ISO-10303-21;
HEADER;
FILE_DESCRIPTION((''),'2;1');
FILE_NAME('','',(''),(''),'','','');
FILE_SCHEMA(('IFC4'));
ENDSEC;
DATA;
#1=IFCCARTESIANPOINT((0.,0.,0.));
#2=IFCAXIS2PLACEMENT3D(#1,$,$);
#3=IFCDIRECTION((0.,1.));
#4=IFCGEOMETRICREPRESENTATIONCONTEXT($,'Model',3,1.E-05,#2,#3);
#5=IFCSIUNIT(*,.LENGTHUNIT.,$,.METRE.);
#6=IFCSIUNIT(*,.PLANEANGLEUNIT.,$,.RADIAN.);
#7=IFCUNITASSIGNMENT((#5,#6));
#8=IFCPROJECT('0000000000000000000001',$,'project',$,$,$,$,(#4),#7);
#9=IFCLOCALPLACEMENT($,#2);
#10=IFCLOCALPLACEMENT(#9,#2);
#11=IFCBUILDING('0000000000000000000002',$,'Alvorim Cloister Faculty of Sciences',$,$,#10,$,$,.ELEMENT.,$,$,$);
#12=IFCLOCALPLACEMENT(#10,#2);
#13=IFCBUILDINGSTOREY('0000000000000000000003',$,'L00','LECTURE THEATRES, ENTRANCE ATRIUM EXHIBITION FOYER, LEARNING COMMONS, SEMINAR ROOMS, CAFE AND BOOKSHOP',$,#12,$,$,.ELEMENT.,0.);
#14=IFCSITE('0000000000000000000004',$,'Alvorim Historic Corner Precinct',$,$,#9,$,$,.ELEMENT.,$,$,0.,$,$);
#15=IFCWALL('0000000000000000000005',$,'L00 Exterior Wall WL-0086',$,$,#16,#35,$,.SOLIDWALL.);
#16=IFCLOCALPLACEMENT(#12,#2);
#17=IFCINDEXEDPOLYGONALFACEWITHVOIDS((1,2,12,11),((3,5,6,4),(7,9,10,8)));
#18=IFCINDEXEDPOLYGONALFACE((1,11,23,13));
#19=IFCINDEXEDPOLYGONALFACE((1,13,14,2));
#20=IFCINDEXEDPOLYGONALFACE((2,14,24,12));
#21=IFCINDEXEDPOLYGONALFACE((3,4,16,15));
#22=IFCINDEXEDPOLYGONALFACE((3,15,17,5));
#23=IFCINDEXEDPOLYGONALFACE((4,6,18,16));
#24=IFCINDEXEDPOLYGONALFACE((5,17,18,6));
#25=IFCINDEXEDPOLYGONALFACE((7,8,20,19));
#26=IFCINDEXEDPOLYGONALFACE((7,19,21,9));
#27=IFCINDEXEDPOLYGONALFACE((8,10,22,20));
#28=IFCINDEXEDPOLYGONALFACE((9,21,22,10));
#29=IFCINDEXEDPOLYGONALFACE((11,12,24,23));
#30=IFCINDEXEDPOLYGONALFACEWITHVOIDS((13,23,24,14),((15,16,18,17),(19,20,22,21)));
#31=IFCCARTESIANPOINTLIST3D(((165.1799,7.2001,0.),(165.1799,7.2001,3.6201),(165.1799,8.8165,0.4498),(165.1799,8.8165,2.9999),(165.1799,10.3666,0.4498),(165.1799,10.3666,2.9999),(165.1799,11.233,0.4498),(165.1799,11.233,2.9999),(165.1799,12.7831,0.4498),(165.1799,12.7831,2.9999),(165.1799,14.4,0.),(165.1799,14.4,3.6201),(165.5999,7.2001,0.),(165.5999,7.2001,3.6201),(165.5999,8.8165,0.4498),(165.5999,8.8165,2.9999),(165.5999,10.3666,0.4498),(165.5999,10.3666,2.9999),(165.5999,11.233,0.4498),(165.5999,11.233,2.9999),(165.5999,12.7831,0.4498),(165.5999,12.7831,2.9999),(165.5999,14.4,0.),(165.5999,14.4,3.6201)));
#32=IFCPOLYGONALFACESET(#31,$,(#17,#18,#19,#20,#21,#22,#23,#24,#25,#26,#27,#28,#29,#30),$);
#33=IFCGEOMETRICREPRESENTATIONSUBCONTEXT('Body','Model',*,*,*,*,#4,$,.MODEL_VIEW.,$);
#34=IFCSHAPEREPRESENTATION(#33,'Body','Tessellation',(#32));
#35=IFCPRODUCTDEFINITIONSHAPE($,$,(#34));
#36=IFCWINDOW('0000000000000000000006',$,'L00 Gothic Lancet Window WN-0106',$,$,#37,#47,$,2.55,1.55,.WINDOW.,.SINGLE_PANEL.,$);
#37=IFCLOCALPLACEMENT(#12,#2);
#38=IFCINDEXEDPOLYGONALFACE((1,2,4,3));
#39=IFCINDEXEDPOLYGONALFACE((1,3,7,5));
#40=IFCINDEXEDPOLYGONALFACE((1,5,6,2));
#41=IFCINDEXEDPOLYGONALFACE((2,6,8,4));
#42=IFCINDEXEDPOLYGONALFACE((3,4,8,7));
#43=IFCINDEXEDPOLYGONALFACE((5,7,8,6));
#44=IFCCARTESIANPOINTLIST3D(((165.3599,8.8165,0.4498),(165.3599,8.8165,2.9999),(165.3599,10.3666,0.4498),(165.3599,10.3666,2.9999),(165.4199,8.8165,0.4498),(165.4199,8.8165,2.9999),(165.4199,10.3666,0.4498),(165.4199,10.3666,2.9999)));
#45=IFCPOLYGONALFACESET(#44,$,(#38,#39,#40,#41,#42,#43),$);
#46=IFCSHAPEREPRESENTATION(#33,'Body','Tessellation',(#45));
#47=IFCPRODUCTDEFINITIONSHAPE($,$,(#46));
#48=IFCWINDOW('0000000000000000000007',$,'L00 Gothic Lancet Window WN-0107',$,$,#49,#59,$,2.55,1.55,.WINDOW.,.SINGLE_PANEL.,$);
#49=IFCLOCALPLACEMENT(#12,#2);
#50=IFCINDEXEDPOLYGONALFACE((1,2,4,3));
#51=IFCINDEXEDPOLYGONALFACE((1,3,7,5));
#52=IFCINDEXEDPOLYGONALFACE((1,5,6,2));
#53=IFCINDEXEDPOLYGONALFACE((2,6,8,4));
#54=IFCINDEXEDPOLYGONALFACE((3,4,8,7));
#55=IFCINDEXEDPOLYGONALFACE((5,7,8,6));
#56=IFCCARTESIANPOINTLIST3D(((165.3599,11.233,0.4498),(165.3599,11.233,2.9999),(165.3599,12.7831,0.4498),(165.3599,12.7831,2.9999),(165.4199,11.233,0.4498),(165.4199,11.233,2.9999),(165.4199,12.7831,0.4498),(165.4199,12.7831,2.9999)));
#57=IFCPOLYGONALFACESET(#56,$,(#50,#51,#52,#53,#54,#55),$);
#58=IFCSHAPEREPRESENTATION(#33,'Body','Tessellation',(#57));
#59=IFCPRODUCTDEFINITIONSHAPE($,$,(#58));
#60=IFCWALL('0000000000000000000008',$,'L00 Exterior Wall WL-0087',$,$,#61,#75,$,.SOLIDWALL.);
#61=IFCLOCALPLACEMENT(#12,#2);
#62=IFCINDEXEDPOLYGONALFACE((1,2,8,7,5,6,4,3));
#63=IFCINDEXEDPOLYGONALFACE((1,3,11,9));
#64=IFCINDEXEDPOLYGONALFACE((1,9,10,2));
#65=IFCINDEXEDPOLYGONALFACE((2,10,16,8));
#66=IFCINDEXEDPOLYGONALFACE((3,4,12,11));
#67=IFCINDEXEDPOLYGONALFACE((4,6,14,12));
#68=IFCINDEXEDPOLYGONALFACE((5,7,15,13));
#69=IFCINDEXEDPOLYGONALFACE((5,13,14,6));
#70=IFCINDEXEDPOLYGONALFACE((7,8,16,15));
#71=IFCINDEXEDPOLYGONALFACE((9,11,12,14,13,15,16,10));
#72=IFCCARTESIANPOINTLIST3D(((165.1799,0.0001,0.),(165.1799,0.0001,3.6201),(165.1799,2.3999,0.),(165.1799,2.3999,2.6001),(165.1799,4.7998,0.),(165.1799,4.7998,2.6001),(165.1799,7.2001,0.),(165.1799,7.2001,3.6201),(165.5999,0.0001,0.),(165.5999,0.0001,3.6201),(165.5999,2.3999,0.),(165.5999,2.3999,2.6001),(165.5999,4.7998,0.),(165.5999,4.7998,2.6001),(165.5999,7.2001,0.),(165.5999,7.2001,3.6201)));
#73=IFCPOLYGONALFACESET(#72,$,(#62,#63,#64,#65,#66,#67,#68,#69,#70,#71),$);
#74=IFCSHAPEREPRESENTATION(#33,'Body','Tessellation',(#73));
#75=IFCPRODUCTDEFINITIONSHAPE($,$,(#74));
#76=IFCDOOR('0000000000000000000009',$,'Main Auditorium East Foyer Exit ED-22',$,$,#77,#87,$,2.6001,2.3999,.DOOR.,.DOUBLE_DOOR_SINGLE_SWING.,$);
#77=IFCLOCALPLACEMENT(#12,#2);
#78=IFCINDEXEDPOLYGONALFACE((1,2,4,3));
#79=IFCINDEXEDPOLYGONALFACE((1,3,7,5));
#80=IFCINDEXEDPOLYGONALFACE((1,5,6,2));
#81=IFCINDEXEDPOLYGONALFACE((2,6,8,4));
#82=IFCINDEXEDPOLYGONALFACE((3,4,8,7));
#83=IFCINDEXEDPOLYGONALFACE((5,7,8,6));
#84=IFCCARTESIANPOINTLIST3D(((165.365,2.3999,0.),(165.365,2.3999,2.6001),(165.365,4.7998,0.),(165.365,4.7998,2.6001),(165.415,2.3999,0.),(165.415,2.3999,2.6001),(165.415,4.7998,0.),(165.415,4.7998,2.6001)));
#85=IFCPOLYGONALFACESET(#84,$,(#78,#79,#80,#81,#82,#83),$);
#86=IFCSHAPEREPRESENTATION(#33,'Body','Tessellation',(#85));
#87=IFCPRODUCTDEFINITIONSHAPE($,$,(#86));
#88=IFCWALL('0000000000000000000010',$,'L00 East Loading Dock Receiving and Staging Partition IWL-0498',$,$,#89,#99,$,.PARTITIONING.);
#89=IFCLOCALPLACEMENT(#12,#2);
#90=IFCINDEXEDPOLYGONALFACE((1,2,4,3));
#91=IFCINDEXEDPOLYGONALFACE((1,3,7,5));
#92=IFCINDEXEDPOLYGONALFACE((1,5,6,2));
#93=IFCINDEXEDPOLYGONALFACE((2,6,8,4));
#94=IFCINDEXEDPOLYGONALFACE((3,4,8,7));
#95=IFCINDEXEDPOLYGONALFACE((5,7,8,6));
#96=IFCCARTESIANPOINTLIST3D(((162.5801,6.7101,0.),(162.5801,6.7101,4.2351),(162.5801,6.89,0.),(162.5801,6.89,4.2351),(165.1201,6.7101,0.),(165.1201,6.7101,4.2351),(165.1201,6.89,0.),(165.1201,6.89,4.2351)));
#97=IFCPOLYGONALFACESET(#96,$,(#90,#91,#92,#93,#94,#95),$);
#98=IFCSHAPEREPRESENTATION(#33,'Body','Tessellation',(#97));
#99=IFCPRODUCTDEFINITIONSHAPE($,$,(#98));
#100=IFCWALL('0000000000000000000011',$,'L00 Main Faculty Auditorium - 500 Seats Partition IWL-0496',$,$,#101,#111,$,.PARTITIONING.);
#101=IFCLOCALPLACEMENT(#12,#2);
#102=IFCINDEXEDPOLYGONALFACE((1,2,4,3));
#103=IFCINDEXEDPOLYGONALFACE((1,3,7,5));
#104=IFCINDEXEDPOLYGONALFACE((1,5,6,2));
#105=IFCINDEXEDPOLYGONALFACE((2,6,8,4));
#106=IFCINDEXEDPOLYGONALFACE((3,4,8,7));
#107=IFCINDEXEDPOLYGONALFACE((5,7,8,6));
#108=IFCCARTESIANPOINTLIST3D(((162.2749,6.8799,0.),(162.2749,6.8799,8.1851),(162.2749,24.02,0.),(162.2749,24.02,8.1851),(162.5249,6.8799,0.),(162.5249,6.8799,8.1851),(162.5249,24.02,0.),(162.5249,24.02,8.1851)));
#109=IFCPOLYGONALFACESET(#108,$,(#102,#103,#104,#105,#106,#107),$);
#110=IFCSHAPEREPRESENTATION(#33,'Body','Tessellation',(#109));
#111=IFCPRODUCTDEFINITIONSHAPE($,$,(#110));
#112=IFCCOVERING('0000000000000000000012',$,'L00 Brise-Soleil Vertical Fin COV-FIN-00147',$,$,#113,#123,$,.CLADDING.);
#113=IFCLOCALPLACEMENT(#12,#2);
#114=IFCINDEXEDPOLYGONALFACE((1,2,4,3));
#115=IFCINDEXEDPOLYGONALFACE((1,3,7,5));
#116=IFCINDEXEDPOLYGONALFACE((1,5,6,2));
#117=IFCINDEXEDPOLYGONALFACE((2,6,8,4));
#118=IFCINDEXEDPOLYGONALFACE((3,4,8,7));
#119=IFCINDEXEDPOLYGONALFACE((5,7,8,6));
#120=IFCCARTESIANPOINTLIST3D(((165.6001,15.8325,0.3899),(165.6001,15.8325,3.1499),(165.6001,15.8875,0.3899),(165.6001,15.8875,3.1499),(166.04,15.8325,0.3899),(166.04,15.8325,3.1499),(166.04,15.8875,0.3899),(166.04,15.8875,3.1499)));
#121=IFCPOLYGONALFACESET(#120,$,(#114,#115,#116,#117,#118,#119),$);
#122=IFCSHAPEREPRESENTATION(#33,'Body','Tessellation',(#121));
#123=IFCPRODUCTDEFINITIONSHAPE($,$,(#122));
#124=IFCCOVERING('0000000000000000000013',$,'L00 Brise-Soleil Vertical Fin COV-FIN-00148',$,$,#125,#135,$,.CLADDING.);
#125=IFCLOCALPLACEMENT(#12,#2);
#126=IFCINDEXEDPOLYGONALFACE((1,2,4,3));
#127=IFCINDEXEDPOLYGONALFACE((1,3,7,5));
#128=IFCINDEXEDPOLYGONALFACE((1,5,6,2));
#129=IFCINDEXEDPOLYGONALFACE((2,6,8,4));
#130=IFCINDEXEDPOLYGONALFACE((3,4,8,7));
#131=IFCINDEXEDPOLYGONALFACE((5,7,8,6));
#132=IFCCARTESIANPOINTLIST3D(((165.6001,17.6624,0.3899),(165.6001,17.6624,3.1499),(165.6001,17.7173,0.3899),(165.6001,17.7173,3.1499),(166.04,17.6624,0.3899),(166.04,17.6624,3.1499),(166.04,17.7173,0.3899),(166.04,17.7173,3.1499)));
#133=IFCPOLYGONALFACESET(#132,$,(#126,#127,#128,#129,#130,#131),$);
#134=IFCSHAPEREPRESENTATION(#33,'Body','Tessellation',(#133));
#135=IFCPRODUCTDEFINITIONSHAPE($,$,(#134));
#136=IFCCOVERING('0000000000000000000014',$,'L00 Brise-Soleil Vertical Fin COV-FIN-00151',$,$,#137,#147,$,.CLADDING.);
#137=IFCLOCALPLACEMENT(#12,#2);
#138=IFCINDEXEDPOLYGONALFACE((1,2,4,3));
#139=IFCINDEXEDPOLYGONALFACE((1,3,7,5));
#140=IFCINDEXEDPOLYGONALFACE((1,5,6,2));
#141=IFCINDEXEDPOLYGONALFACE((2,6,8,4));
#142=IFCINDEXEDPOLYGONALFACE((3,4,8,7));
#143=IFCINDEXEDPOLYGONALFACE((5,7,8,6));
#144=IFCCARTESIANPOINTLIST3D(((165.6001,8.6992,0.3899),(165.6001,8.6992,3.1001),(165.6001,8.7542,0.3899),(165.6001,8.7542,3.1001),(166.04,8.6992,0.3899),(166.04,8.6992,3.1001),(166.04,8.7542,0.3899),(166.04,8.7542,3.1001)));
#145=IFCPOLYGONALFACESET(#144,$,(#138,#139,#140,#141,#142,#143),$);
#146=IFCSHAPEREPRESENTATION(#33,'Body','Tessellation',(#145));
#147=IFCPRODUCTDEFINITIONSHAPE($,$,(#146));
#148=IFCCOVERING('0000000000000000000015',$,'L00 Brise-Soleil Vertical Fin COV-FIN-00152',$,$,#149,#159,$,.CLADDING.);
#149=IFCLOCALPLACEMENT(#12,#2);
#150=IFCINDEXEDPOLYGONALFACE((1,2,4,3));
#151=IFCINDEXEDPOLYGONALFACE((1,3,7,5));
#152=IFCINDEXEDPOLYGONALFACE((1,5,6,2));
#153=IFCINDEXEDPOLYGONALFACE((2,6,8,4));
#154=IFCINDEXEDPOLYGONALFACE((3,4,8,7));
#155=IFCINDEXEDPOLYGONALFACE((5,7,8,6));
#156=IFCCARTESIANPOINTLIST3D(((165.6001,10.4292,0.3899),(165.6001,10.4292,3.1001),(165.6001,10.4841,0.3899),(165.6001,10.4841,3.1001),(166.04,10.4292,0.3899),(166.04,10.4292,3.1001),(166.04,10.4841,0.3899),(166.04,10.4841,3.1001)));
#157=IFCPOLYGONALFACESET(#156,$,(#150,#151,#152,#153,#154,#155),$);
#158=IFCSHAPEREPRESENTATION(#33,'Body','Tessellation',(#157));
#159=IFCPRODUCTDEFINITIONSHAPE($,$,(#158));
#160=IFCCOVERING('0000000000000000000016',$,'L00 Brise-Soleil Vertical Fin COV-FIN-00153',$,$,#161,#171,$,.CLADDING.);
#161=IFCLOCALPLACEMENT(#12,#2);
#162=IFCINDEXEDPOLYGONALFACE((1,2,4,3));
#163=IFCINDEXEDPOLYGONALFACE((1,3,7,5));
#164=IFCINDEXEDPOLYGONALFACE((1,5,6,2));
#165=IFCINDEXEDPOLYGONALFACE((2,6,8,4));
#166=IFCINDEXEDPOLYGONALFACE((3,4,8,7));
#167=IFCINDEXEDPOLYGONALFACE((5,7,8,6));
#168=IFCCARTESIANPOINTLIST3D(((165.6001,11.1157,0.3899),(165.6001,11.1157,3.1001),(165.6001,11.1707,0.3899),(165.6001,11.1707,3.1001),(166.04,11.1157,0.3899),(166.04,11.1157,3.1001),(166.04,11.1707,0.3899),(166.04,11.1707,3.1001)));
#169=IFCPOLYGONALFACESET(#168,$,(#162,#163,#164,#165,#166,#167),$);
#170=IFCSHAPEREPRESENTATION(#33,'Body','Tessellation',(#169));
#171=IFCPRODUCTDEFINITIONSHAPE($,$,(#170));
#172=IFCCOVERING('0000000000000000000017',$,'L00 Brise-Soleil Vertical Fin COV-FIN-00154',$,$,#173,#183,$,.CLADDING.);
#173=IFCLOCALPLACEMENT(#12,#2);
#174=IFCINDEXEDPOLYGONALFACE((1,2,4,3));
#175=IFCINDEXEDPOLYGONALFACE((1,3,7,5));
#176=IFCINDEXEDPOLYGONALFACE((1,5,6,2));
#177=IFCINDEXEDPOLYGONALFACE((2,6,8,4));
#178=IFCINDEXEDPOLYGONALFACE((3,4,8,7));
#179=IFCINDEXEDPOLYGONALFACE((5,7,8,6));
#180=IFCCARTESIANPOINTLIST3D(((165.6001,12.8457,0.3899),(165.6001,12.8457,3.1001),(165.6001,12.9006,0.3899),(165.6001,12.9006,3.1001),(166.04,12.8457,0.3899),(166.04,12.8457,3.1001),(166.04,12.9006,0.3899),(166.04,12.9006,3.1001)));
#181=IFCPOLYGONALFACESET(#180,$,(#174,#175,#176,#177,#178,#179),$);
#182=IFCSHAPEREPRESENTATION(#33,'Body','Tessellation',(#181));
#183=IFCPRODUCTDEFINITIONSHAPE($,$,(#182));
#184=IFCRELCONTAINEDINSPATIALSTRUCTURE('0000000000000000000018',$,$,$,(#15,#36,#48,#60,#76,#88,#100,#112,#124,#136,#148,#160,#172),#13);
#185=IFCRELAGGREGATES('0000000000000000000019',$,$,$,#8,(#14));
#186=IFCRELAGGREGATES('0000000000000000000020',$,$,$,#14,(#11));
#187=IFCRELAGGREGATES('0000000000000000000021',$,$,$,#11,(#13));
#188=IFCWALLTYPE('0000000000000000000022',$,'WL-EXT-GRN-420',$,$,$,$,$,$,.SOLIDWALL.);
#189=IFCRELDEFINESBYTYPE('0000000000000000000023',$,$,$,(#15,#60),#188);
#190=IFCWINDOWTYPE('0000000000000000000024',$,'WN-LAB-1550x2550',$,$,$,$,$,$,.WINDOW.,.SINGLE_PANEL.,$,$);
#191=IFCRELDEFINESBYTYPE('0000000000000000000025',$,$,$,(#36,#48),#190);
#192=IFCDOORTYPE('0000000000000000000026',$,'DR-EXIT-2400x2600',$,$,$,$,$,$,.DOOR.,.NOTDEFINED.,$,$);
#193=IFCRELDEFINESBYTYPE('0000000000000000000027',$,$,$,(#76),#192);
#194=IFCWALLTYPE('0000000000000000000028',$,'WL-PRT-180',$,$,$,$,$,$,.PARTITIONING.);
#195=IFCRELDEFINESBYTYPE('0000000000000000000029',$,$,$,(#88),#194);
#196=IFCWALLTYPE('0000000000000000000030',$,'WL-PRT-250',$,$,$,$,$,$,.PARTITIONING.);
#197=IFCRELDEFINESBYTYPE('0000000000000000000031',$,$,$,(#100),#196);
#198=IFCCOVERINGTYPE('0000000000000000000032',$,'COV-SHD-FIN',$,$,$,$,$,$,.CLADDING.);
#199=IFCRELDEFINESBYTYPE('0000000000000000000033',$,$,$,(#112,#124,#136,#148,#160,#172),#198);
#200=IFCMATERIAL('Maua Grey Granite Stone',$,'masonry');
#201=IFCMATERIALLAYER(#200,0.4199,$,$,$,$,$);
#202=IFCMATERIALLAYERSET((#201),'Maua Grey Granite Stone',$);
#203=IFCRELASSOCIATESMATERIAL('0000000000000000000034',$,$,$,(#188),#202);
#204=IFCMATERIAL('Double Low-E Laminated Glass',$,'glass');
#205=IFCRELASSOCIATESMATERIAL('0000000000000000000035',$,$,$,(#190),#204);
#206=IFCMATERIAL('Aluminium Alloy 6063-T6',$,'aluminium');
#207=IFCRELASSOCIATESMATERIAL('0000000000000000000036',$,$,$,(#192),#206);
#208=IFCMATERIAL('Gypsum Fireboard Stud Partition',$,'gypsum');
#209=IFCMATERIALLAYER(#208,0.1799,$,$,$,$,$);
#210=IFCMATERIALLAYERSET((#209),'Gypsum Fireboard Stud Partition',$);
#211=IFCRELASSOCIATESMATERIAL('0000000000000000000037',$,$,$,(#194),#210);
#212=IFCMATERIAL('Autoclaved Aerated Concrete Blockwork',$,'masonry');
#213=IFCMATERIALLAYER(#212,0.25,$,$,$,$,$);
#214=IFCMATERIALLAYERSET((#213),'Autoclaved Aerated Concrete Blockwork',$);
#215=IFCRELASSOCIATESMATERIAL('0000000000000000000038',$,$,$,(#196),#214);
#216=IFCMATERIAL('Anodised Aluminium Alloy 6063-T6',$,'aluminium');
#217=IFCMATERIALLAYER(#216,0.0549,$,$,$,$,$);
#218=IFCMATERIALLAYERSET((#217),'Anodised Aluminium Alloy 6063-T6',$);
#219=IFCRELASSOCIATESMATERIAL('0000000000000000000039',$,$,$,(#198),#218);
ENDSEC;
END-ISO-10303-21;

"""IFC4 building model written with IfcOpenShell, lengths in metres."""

from ifc_helpers import new_model, si_unit, direction, frame, frame_2d, origin, place, context, subcontext, project, spatial, polyline, rectangle, outline, extrude, material, layer, layer_set, type_object, element, fill, save


model = new_model("IFC4")

# Units and contexts
model_context = context("Model", 3, precision=1e-05, world=origin(), true_north=direction((0.0, 1.0)))
body_context = subcontext(model_context, "Body", "Model", "MODEL_VIEW")
ifc_project = project(units=[si_unit("LENGTHUNIT", "METRE"), si_unit("PLANEANGLEUNIT", "RADIAN")], contexts=[model_context])

# Site, building, storey
site_placement = place(None, origin())
site = spatial("IfcSite", under=ifc_project, at=site_placement, Name="Alvorim Historic Corner Precinct", CompositionType="ELEMENT", RefElevation=0.0)
building_placement = place(site_placement, origin())
building = spatial("IfcBuilding", under=site, at=building_placement, Name="Alvorim Cloister Faculty of Sciences", CompositionType="ELEMENT")
storey_placement = place(building_placement, origin())
storey = spatial("IfcBuildingStorey", under=building, at=storey_placement, Name="L00", Description="LECTURE THEATRES, ENTRANCE ATRIUM EXHIBITION FOYER, LEARNING COMMONS, SEMINAR ROOMS, CAFE AND BOOKSHOP", CompositionType="ELEMENT", Elevation=0.0)

# Wall, openings, windows
ifc_material_1 = material(Name="Maua Grey Granite Stone", Category="masonry")
ifc_layer_1 = layer(ifc_material_1, 0.4199)
ifc_layer_set_1 = layer_set([ifc_layer_1], Name="Maua Grey Granite Stone")
wall_type_1 = type_object("IfcWallType", Name="WL-EXT-GRN-420", PredefinedType="SOLIDWALL", material=ifc_layer_set_1)
ifc_material_2 = material(Name="Double Low-E Laminated Glass", Category="glass")
wall_1_placement = place(storey_placement, frame((165.3899, 7.2, 0.0), z_axis=(0.0, 0.0, 1.0), x_axis=(0.0, 1.0, 0.0)))
wall_1 = element("IfcWall", 1, at=wall_1_placement, inside=storey, type_object=wall_type_1, Name="L00 Exterior Wall WL-0086", PredefinedType="SOLIDWALL", context=body_context, shape_type="SweptSolid", body=[
    extrude(rectangle(XDim=7.2, YDim=0.4199, at=frame_2d((3.6001, 0.0))), origin(), (0.0, 0.0, 1.0), 3.6201),
])
opening_1_placement = place(wall_1_placement, frame((1.6167, 0.0, 0.45)))
opening_1 = element("IfcOpeningElement", 2, at=opening_1_placement, cuts=wall_1, PredefinedType="OPENING", context=body_context, shape_type="SweptSolid", body=[
    extrude(rectangle(XDim=1.55, YDim=2.55, at=frame_2d((0.7749, 1.2749))), frame((0.0, 0.2219, 0.0), z_axis=(0.0, -1.0, 0.0), x_axis=(1.0, 0.0, 0.0)), (0.0, 0.0, 1.0), 0.4438),
])
opening_2_placement = place(wall_1_placement, frame((4.0332, 0.0, 0.45)))
opening_2 = element("IfcOpeningElement", 3, at=opening_2_placement, cuts=wall_1, PredefinedType="OPENING", context=body_context, shape_type="SweptSolid", body=[
    extrude(rectangle(XDim=1.55, YDim=2.55, at=frame_2d((0.7749, 1.2749))), frame((0.0, 0.2219, 0.0), z_axis=(0.0, -1.0, 0.0), x_axis=(1.0, 0.0, 0.0)), (0.0, 0.0, 1.0), 0.4438),
])
window_type_1 = type_object("IfcWindowType", Name="WN-LAB-1550x2550", PartitioningType="SINGLE_PANEL", PredefinedType="WINDOW", material=ifc_material_2)
window_1_placement = place(opening_1_placement, origin())
window_1 = element("IfcWindow", 4, at=window_1_placement, inside=storey, type_object=window_type_1, Name="L00 Gothic Lancet Window WN-0106", OverallHeight=2.55, OverallWidth=1.55, PartitioningType="SINGLE_PANEL", PredefinedType="WINDOW", context=body_context, shape_type="SweptSolid", body=[
    extrude(rectangle(XDim=1.55, YDim=2.55, at=frame_2d((0.7749, 1.2749))), frame((0.0, 0.03, 0.0), z_axis=(0.0, -1.0, 0.0), x_axis=(1.0, 0.0, 0.0)), (0.0, 0.0, 1.0), 0.0601),
])
fill(opening_1, window_1)
window_2_placement = place(opening_2_placement, origin())
window_2 = element("IfcWindow", 5, at=window_2_placement, inside=storey, type_object=window_type_1, Name="L00 Gothic Lancet Window WN-0107", OverallHeight=2.55, OverallWidth=1.55, PartitioningType="SINGLE_PANEL", PredefinedType="WINDOW", context=body_context, shape_type="SweptSolid", body=[
    extrude(rectangle(XDim=1.55, YDim=2.55, at=frame_2d((0.7749, 1.2749))), frame((0.0, 0.03, 0.0), z_axis=(0.0, -1.0, 0.0), x_axis=(1.0, 0.0, 0.0)), (0.0, 0.0, 1.0), 0.0601),
])
fill(opening_2, window_2)

# Wall, opening, door
wall_2_placement = place(storey_placement, frame((165.3899, 0.0, 0.0), z_axis=(0.0, 0.0, 1.0), x_axis=(0.0, 1.0, 0.0)))
wall_2 = element("IfcWall", 6, at=wall_2_placement, inside=storey, type_object=wall_type_1, Name="L00 Exterior Wall WL-0087", PredefinedType="SOLIDWALL", context=body_context, shape_type="SweptSolid", body=[
    extrude(rectangle(XDim=7.2, YDim=0.4199, at=frame_2d((3.6001, 0.0))), origin(), (0.0, 0.0, 1.0), 3.6201),
])
opening_3_placement = place(wall_2_placement, frame((2.3999, 0.0, 0.0)))
opening_3 = element("IfcOpeningElement", 7, at=opening_3_placement, cuts=wall_2, PredefinedType="OPENING", context=body_context, shape_type="SweptSolid", body=[
    extrude(rectangle(XDim=2.3999, YDim=2.6001, at=frame_2d((1.2, 1.3))), frame((0.0, 0.2219, 0.0), z_axis=(0.0, -1.0, 0.0), x_axis=(1.0, 0.0, 0.0)), (0.0, 0.0, 1.0), 0.4438),
])
ifc_material_3 = material(Name="Aluminium Alloy 6063-T6", Category="aluminium")
door_type = type_object("IfcDoorType", Name="DR-EXIT-2400x2600", OperationType="NOTDEFINED", PredefinedType="DOOR", material=ifc_material_3)
door_placement = place(opening_3_placement, origin())
door = element("IfcDoor", 8, at=door_placement, inside=storey, type_object=door_type, Name="Main Auditorium East Foyer Exit ED-22", OperationType="DOUBLE_DOOR_SINGLE_SWING", OverallHeight=2.6001, OverallWidth=2.3999, PredefinedType="DOOR", context=body_context, shape_type="SweptSolid", body=[
    extrude(rectangle(XDim=2.3999, YDim=2.6001, at=frame_2d((1.2, 1.3))), frame((0.0, 0.0249, 0.0), z_axis=(0.0, -1.0, 0.0), x_axis=(1.0, 0.0, 0.0)), (0.0, 0.0, 1.0), 0.05),
])
fill(opening_3, door)

# Walls
ifc_material_4 = material(Name="Gypsum Fireboard Stud Partition", Category="gypsum")
ifc_layer_2 = layer(ifc_material_4, 0.1799)
ifc_layer_set_2 = layer_set([ifc_layer_2], Name="Gypsum Fireboard Stud Partition")
wall_type_2 = type_object("IfcWallType", Name="WL-PRT-180", PredefinedType="PARTITIONING", material=ifc_layer_set_2)
wall_3_placement = place(storey_placement, frame((162.5801, 6.8, 0.0), z_axis=(0.0, 0.0, 1.0), x_axis=(1.0, 0.0, 0.0)))
element("IfcWall", 9, at=wall_3_placement, inside=storey, type_object=wall_type_2, Name="L00 East Loading Dock Receiving and Staging Partition IWL-0498", PredefinedType="PARTITIONING", context=body_context, shape_type="SweptSolid", body=[
    extrude(rectangle(XDim=2.54, YDim=0.1799, at=frame_2d((1.27, 0.0))), origin(), (0.0, 0.0, 1.0), 4.2351),
])
ifc_material_5 = material(Name="Autoclaved Aerated Concrete Blockwork", Category="masonry")
ifc_layer_3 = layer(ifc_material_5, 0.25)
ifc_layer_set_3 = layer_set([ifc_layer_3], Name="Autoclaved Aerated Concrete Blockwork")
wall_type_3 = type_object("IfcWallType", Name="WL-PRT-250", PredefinedType="PARTITIONING", material=ifc_layer_set_3)
wall_4_placement = place(storey_placement, frame((162.3999, 6.8799, 0.0), z_axis=(0.0, 0.0, 1.0), x_axis=(0.0, 1.0, 0.0)))
element("IfcWall", 10, at=wall_4_placement, inside=storey, type_object=wall_type_3, Name="L00 Main Faculty Auditorium - 500 Seats Partition IWL-0496", PredefinedType="PARTITIONING", context=body_context, shape_type="SweptSolid", body=[
    extrude(rectangle(XDim=17.1401, YDim=0.25, at=frame_2d((8.5701, 0.0))), origin(), (0.0, 0.0, 1.0), 8.1851),
])

# Coverings
ifc_material_6 = material(Name="Anodised Aluminium Alloy 6063-T6", Category="aluminium")
ifc_layer_4 = layer(ifc_material_6, 0.0549)
ifc_layer_set_4 = layer_set([ifc_layer_4], Name="Anodised Aluminium Alloy 6063-T6")
covering_type = type_object("IfcCoveringType", Name="COV-SHD-FIN", PredefinedType="CLADDING", material=ifc_layer_set_4)
for number, where, z_axis, x_axis, name in (
    (11, (165.6001, 15.8601, 0.3899), (0.0, 0.0, 1.0), (1.0, 0.0, 0.0), "L00 Brise-Soleil Vertical Fin COV-FIN-00147"),
    (12, (165.6001, 17.6899, 0.3899), (0.0, 0.0, 1.0), (1.0, 0.0, 0.0), "L00 Brise-Soleil Vertical Fin COV-FIN-00148"),
):
    element("IfcCovering", number, at=place(storey_placement, frame(where, z_axis=z_axis, x_axis=x_axis)), inside=storey, type_object=covering_type, Name=name, PredefinedType="CLADDING", context=body_context, shape_type="SweptSolid", body=[
        extrude(outline(polyline([(0.0, 0.0), (0.4399, 0.0), (0.4399, 2.76), (0.0, 2.76), (0.0, 0.0)])), frame((0.0, 0.0273, 0.0), z_axis=(0.0, -1.0, 0.0), x_axis=(1.0, 0.0, 0.0)), (0.0, 0.0, 1.0), 0.0549),
    ])
for number, where, z_axis, x_axis, name in (
    (13, (165.6001, 8.7268, 0.3899), (0.0, 0.0, 1.0), (1.0, 0.0, 0.0), "L00 Brise-Soleil Vertical Fin COV-FIN-00151"),
    (14, (165.6001, 10.4568, 0.3899), (0.0, 0.0, 1.0), (1.0, 0.0, 0.0), "L00 Brise-Soleil Vertical Fin COV-FIN-00152"),
    (15, (165.6001, 11.1433, 0.3899), (0.0, 0.0, 1.0), (1.0, 0.0, 0.0), "L00 Brise-Soleil Vertical Fin COV-FIN-00153"),
    (16, (165.6001, 12.8733, 0.3899), (0.0, 0.0, 1.0), (1.0, 0.0, 0.0), "L00 Brise-Soleil Vertical Fin COV-FIN-00154"),
):
    element("IfcCovering", number, at=place(storey_placement, frame(where, z_axis=z_axis, x_axis=x_axis)), inside=storey, type_object=covering_type, Name=name, PredefinedType="CLADDING", context=body_context, shape_type="SweptSolid", body=[
        extrude(outline(polyline([(0.0, 0.0), (0.4399, 0.0), (0.4399, 2.7102), (0.0, 2.7102), (0.0, 0.0)])), frame((0.0, 0.0273, 0.0), z_axis=(0.0, -1.0, 0.0), x_axis=(1.0, 0.0, 0.0)), (0.0, 0.0, 1.0), 0.0549),
    ])

save(model, "model.ifc")
